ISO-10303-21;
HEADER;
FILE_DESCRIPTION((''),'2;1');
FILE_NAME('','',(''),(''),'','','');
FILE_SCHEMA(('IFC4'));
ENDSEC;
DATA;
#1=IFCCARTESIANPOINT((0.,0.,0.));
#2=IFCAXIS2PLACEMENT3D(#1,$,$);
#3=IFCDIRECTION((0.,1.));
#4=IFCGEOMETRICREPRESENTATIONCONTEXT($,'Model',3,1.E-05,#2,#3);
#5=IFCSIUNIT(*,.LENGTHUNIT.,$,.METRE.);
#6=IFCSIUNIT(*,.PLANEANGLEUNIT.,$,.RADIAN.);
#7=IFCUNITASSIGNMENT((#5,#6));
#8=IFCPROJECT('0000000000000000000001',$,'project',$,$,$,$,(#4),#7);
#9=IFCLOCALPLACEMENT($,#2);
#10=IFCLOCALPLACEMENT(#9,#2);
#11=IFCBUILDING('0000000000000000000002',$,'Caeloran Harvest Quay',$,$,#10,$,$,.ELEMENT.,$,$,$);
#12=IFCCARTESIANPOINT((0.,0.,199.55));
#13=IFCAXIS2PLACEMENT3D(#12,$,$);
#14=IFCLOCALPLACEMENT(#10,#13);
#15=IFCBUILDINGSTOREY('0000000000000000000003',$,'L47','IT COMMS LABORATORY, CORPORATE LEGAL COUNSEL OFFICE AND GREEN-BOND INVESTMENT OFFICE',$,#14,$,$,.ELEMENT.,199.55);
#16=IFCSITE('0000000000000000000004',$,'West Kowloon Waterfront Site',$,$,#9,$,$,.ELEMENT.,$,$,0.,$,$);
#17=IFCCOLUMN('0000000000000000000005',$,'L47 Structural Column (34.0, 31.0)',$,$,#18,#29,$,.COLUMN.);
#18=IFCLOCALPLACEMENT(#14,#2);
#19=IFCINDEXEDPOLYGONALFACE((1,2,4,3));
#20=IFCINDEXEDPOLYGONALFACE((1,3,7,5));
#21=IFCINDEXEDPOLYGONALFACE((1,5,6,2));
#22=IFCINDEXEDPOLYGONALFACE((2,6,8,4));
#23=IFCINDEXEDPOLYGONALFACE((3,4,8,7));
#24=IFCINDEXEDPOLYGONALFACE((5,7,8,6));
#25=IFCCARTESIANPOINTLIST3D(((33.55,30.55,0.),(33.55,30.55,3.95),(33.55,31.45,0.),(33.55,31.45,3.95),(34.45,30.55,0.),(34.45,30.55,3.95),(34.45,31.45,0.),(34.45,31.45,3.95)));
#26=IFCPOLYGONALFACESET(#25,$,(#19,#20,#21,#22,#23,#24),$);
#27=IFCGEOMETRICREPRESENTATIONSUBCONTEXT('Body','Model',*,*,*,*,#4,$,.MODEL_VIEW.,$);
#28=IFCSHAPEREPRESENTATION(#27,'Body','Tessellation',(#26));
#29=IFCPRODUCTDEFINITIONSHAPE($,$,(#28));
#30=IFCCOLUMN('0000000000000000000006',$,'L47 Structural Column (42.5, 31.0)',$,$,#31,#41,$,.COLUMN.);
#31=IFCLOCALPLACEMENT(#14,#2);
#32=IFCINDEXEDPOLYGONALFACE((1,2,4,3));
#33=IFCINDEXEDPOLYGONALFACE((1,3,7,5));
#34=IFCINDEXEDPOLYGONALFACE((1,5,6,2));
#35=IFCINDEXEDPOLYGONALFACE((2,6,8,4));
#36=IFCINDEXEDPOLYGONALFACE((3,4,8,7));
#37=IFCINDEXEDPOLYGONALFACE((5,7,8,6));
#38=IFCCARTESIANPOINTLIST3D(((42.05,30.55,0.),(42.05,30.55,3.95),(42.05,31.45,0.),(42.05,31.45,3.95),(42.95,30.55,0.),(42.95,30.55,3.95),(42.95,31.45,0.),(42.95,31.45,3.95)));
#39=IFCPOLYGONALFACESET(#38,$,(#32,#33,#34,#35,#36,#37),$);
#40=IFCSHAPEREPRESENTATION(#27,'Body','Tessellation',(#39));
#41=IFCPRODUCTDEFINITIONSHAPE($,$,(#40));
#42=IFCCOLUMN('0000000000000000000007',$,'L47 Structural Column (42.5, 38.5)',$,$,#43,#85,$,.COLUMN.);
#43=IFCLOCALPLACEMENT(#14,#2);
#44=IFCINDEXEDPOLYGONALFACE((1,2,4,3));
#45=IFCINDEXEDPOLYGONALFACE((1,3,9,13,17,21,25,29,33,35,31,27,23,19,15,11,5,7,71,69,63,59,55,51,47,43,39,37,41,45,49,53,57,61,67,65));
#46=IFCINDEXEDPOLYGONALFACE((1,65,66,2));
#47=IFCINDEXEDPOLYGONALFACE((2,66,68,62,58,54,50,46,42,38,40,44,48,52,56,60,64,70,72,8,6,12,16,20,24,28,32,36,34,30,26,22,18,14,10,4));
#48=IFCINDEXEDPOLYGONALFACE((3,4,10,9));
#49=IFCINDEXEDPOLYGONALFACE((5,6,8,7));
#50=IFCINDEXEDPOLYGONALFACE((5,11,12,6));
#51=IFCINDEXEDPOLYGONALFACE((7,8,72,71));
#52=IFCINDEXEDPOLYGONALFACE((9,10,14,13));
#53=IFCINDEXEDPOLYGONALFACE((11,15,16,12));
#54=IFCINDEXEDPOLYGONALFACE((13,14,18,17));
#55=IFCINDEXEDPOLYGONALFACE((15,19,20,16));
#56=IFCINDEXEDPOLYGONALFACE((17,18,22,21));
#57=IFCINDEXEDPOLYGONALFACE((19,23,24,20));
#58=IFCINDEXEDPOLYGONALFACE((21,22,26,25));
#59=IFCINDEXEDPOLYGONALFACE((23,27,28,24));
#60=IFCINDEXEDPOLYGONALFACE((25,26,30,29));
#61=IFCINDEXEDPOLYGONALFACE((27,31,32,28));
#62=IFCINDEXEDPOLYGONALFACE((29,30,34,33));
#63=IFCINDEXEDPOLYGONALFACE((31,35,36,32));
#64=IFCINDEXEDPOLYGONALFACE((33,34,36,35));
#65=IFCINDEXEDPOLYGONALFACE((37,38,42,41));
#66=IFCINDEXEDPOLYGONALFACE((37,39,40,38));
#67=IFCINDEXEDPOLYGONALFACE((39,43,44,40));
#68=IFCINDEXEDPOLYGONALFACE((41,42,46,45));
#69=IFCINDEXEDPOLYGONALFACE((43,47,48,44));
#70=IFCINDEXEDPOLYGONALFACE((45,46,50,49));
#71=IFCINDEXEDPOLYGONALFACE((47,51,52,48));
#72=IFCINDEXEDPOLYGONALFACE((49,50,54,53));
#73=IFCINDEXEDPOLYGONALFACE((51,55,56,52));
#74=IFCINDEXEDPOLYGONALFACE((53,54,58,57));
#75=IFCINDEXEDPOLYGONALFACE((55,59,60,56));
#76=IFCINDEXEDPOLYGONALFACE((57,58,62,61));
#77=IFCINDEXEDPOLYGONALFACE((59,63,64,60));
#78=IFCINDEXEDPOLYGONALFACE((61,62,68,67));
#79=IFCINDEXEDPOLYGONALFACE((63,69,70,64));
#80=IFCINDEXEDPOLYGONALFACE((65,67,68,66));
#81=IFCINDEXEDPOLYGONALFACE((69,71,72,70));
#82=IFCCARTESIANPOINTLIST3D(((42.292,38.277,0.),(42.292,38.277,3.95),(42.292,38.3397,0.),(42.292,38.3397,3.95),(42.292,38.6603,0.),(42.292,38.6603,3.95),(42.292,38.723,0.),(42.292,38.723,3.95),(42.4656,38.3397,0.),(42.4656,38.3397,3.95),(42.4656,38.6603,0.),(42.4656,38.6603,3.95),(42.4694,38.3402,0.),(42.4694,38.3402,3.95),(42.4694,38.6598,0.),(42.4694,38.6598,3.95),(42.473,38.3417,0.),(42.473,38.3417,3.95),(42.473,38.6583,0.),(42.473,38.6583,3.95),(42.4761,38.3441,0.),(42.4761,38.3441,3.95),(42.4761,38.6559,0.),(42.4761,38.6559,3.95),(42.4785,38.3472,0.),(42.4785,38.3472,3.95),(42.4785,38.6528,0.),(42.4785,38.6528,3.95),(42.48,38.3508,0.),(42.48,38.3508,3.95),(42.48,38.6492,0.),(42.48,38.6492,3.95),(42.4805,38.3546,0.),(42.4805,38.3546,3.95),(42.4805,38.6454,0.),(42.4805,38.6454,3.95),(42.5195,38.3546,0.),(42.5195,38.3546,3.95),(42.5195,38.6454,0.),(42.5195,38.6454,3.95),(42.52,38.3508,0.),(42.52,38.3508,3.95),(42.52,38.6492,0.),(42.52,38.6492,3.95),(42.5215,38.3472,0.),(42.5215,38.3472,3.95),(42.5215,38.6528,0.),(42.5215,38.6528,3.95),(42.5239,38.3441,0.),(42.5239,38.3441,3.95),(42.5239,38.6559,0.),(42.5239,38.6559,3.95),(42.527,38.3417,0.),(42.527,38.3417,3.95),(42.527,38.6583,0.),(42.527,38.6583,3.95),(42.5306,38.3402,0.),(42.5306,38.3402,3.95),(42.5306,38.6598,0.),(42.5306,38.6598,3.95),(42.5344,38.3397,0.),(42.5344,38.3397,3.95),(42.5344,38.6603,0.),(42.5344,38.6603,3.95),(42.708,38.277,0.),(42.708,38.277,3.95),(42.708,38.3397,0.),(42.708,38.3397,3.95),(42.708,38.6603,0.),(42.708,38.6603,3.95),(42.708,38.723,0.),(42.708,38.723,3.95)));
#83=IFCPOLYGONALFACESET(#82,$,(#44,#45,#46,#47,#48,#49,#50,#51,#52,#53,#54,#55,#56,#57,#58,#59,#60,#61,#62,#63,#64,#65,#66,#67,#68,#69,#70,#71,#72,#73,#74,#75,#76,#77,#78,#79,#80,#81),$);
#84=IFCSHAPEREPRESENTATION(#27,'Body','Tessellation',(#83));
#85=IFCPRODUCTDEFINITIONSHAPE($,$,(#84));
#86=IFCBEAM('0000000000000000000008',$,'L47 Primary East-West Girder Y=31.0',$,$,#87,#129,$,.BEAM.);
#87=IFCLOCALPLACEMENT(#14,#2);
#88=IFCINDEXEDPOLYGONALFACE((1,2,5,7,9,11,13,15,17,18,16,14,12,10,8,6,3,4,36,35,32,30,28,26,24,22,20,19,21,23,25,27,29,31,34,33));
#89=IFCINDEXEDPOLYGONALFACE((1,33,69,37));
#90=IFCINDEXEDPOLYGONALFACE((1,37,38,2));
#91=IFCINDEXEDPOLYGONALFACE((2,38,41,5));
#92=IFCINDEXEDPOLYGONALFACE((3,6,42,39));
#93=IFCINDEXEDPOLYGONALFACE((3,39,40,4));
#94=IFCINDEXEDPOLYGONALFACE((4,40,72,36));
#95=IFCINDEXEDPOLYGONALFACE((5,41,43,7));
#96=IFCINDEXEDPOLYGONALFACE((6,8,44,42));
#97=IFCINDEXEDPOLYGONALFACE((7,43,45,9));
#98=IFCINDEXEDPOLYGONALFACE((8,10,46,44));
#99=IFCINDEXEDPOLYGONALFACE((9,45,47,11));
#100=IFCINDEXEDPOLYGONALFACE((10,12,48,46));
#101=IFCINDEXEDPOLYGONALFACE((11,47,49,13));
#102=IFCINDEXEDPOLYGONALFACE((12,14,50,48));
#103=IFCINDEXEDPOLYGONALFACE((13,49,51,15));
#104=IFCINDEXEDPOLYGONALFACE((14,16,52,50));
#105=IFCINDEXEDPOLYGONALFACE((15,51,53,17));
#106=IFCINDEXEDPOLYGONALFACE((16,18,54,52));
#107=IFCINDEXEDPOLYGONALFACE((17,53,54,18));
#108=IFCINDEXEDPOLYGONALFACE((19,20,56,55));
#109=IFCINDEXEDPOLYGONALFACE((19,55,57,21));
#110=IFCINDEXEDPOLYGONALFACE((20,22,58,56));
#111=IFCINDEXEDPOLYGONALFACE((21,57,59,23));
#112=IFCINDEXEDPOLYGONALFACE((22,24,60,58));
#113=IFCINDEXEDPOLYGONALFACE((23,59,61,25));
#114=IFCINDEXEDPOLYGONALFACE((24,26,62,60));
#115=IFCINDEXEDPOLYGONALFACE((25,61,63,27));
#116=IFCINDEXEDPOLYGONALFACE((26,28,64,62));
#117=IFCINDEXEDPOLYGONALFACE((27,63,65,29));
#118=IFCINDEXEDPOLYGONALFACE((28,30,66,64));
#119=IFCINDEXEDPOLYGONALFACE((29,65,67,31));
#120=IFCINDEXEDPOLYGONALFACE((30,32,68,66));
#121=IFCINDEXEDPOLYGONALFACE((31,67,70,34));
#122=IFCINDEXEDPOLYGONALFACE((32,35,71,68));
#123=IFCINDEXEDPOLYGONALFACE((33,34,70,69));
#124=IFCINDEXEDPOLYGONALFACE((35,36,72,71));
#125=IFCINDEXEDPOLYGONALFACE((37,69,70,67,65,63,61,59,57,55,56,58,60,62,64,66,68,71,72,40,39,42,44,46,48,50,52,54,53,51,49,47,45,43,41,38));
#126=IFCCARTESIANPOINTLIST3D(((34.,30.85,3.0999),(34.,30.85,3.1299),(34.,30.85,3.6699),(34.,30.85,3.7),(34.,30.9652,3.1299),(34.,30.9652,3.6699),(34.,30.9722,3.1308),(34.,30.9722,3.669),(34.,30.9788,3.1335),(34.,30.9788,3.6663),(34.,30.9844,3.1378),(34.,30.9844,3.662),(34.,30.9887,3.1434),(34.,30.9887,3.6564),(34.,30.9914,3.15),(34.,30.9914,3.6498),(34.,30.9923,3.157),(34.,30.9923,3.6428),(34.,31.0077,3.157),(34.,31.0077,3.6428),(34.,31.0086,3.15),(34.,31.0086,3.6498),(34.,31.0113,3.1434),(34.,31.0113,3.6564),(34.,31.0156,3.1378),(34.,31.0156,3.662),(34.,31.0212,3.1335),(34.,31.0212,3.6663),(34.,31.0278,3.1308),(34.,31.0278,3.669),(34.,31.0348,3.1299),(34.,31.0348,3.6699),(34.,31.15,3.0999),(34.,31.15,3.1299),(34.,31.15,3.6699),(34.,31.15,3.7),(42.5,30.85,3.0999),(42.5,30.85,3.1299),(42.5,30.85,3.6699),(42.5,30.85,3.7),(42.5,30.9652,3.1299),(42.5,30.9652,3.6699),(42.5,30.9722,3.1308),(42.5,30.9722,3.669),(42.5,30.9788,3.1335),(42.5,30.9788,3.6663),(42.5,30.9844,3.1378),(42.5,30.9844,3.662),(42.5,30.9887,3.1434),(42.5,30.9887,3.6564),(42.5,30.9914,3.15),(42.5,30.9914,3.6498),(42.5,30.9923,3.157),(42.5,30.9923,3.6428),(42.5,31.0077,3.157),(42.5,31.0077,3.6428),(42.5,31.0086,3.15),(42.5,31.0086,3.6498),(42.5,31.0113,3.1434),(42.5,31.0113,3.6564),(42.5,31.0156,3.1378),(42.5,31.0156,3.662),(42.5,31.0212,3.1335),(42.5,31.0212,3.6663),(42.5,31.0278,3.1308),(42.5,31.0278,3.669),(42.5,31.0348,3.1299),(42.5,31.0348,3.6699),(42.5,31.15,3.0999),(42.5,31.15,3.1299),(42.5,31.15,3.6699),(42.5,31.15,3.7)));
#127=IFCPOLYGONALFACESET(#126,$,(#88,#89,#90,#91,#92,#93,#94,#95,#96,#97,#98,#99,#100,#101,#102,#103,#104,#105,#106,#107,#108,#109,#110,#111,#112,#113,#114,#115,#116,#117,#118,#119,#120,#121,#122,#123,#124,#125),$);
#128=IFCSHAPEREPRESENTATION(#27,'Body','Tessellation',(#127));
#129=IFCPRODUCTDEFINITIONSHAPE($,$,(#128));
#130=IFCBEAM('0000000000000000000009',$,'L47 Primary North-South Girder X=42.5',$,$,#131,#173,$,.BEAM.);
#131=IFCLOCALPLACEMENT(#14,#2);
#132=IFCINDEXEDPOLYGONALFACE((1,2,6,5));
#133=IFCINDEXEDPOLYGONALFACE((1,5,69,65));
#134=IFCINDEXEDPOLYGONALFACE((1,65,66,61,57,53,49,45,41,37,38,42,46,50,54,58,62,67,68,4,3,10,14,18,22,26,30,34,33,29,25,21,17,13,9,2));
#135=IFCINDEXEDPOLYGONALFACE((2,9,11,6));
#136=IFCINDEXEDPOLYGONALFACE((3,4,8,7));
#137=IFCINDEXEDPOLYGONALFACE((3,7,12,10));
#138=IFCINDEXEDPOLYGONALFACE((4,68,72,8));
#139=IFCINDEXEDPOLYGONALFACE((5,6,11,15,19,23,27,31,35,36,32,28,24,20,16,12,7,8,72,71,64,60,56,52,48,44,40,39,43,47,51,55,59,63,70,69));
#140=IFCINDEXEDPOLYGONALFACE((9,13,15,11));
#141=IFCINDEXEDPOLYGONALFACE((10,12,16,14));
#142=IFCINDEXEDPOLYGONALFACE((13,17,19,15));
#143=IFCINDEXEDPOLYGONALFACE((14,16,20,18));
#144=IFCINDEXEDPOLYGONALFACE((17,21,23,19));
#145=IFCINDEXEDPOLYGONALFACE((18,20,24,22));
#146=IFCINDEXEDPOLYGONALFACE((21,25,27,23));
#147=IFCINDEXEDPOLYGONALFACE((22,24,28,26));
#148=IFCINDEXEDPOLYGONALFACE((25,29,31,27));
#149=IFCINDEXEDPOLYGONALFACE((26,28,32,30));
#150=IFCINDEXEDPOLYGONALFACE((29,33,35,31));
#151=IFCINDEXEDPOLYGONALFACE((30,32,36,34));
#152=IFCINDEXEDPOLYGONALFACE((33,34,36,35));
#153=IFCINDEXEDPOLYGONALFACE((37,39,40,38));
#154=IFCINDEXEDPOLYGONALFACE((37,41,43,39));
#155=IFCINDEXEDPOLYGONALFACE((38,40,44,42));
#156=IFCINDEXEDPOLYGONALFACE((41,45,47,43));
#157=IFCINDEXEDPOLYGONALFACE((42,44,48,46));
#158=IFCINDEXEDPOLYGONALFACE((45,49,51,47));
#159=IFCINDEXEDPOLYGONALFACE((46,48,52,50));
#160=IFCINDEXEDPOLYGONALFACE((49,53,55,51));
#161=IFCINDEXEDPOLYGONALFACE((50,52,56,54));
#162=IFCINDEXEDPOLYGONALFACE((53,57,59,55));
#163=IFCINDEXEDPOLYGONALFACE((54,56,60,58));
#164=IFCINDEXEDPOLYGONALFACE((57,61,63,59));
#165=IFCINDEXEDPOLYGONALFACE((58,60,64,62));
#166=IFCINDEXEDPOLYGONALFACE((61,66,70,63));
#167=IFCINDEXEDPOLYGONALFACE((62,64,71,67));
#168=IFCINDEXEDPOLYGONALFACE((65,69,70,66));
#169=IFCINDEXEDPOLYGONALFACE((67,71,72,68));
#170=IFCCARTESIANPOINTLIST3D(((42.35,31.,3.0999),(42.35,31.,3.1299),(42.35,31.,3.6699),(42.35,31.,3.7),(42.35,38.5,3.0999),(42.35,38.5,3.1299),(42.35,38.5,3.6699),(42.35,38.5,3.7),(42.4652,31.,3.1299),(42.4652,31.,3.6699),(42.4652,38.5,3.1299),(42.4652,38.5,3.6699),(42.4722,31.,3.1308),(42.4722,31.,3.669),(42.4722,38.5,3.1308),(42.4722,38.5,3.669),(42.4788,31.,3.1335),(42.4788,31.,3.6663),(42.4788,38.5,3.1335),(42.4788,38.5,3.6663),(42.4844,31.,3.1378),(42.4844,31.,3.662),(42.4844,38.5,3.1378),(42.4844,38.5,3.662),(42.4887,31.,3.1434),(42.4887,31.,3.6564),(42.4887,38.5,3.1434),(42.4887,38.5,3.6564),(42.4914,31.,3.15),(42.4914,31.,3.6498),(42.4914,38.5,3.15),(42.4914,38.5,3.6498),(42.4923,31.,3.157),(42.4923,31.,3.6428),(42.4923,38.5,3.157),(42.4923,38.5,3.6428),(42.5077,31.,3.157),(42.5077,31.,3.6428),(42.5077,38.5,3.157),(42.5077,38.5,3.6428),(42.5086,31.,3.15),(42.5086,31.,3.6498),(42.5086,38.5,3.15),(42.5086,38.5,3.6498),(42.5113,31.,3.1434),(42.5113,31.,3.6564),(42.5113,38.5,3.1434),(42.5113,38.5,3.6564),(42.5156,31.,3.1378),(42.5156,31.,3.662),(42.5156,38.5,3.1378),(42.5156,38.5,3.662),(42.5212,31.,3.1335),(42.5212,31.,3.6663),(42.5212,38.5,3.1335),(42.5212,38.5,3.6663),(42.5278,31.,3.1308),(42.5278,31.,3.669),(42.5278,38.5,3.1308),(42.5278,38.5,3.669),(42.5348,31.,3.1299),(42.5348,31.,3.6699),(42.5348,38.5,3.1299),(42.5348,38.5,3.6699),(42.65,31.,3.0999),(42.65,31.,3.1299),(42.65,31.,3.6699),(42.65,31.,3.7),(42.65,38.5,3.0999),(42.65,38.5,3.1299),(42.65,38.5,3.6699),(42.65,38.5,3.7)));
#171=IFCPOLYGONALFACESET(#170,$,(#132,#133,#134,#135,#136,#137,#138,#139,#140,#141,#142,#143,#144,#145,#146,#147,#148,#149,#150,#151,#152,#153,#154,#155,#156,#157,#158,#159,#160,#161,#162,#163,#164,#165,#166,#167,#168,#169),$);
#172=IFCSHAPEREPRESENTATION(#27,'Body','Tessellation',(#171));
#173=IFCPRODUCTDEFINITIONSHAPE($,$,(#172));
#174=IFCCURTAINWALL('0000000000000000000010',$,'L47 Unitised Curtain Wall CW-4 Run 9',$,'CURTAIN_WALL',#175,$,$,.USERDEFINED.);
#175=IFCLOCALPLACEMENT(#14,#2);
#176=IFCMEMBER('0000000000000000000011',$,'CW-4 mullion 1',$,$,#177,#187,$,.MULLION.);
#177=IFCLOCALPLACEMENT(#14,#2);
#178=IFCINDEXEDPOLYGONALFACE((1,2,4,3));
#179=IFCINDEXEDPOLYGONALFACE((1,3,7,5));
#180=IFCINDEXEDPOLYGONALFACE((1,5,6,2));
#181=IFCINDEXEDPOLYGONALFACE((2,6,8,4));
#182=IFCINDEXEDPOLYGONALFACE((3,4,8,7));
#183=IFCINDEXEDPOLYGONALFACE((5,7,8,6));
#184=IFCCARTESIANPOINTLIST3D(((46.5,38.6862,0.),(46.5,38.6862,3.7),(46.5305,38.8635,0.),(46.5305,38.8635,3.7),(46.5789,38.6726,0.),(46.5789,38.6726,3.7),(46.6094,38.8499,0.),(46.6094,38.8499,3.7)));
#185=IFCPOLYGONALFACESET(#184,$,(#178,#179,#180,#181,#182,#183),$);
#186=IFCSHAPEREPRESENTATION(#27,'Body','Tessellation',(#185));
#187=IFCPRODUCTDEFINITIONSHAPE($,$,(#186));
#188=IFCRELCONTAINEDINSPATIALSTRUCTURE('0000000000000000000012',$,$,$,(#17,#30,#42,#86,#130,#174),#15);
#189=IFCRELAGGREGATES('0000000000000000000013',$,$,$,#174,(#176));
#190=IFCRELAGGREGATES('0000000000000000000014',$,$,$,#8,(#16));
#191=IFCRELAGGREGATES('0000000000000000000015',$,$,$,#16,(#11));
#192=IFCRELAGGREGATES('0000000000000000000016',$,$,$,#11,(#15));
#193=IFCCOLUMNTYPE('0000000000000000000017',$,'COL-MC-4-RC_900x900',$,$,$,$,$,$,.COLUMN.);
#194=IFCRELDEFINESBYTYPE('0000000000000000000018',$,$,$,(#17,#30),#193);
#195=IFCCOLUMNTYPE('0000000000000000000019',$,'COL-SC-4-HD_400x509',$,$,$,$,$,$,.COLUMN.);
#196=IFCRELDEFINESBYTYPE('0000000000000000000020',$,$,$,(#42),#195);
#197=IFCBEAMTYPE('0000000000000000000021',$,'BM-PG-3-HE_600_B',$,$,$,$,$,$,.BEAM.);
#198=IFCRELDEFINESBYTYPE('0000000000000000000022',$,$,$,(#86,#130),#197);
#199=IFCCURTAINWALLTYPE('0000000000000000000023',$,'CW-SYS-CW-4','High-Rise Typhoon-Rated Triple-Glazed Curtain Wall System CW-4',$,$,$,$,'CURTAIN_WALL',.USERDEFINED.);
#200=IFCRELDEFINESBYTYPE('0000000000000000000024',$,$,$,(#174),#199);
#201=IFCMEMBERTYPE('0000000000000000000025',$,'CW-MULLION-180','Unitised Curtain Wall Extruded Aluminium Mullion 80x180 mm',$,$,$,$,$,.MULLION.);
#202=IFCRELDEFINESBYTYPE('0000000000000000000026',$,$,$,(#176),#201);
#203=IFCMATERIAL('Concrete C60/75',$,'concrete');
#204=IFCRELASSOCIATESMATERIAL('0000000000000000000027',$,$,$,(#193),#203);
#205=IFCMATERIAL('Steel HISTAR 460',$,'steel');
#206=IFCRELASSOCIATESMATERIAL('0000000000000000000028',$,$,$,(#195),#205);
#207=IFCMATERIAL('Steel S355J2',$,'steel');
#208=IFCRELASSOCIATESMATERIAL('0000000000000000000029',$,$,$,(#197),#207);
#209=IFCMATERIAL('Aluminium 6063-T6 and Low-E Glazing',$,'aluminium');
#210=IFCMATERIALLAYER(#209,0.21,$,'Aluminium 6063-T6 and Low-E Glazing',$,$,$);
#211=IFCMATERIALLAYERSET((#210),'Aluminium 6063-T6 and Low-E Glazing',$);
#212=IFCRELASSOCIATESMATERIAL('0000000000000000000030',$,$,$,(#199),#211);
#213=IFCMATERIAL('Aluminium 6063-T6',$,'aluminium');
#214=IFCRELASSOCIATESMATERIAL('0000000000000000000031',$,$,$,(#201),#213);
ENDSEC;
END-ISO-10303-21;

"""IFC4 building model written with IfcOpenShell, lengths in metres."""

from ifc_helpers import new_model, si_unit, direction, frame, origin, origin_2d, place, context, subcontext, project, spatial, rectangle, i_section, extrude, material, layer, layer_set, material_profile, profile_set, type_object, element, aggregate, save


model = new_model("IFC4")

# Units and contexts
model_context = context("Model", 3, precision=1e-05, world=origin(), true_north=direction((0.0, 1.0)))
body_context = subcontext(model_context, "Body", "Model", "MODEL_VIEW")
ifc_project = project(units=[si_unit("LENGTHUNIT", "METRE"), si_unit("PLANEANGLEUNIT", "RADIAN")], contexts=[model_context])

# Site, building, storey
site_placement = place(None, origin())
site = spatial("IfcSite", under=ifc_project, at=site_placement, Name="West Kowloon Waterfront Site", CompositionType="ELEMENT", RefElevation=0.0)
building_placement = place(site_placement, origin())
building = spatial("IfcBuilding", under=site, at=building_placement, Name="Caeloran Harvest Quay", CompositionType="ELEMENT")
storey_placement = place(building_placement, frame((0.0, 0.0, 199.55)))
storey = spatial("IfcBuildingStorey", under=building, at=storey_placement, Name="L47", Description="IT COMMS LABORATORY, CORPORATE LEGAL COUNSEL OFFICE AND GREEN-BOND INVESTMENT OFFICE", CompositionType="ELEMENT", Elevation=199.55)

# Columns
ifc_material_1 = material(Name="Concrete C60/75", Category="concrete")
ifc_material_profile_1 = material_profile(ifc_material_1, rectangle(XDim=0.8999, YDim=0.8999, at=origin_2d()), Name="RC 900x900")
ifc_profile_set_1 = profile_set([ifc_material_profile_1], Name="Concrete C60/75")
column_type_1 = type_object("IfcColumnType", Name="COL-MC-4-RC_900x900", PredefinedType="COLUMN", material=ifc_profile_set_1)
for number, where, z_axis, x_axis, name in (
    (1, (34.0, 31.0, 0.0), (0.0, 0.0, 1.0), (1.0, 0.0, 0.0), "L47 Structural Column (34.0, 31.0)"),
    (2, (42.5, 31.0, 0.0), (0.0, 0.0, 1.0), (1.0, 0.0, 0.0), "L47 Structural Column (42.5, 31.0)"),
):
    element("IfcColumn", number, at=place(storey_placement, frame(where, z_axis=z_axis, x_axis=x_axis)), inside=storey, type_object=column_type_1, Name=name, PredefinedType="COLUMN", context=body_context, shape_type="SweptSolid", body=[
        extrude(rectangle(XDim=0.8999, YDim=0.8999, at=origin_2d()), origin(), (0.0, 0.0, 1.0), 3.95),
    ])
ifc_material_2 = material(Name="Steel HISTAR 460", Category="steel")
ifc_material_profile_2 = material_profile(ifc_material_2, i_section(OverallWidth=0.416, OverallDepth=0.446, WebThickness=0.0391, FlangeThickness=0.0627, FilletRadius=0.0149, at=origin_2d()), Name="HD 400x509")
ifc_profile_set_2 = profile_set([ifc_material_profile_2], Name="Steel HISTAR 460")
column_type_2 = type_object("IfcColumnType", Name="COL-SC-4-HD_400x509", PredefinedType="COLUMN", material=ifc_profile_set_2)
column_placement = place(storey_placement, frame((42.5, 38.5, 0.0), z_axis=(0.0, 0.0, 1.0), x_axis=(1.0, 0.0, 0.0)))
element("IfcColumn", 3, at=column_placement, inside=storey, type_object=column_type_2, Name="L47 Structural Column (42.5, 38.5)", PredefinedType="COLUMN", context=body_context, shape_type="SweptSolid", body=[
    extrude(i_section(OverallWidth=0.416, OverallDepth=0.446, WebThickness=0.0391, FlangeThickness=0.0627, FilletRadius=0.0149, at=origin_2d()), origin(), (0.0, 0.0, 1.0), 3.95),
])

# Beams
ifc_material_3 = material(Name="Steel S355J2", Category="steel")
ifc_material_profile_3 = material_profile(ifc_material_3, i_section(OverallWidth=0.3, OverallDepth=0.6001, WebThickness=0.0154, FlangeThickness=0.03, FilletRadius=0.0271, at=origin_2d()), Name="HE 600 B")
ifc_profile_set_3 = profile_set([ifc_material_profile_3], Name="Steel S355J2")
beam_type = type_object("IfcBeamType", Name="BM-PG-3-HE_600_B", PredefinedType="BEAM", material=ifc_profile_set_3)
beam_1_placement = place(storey_placement, frame((34.0, 31.0, 3.3999), z_axis=(1.0, 0.0, 0.0), x_axis=(0.0, 1.0, 0.0)))
element("IfcBeam", 4, at=beam_1_placement, inside=storey, type_object=beam_type, Name="L47 Primary East-West Girder Y=31.0", PredefinedType="BEAM", context=body_context, shape_type="SweptSolid", body=[
    extrude(i_section(OverallWidth=0.3, OverallDepth=0.6001, WebThickness=0.0154, FlangeThickness=0.03, FilletRadius=0.0271, at=origin_2d()), origin(), (0.0, 0.0, 1.0), 8.5),
])
beam_2_placement = place(storey_placement, frame((42.5, 31.0, 3.3999), z_axis=(0.0, 1.0, 0.0), x_axis=(-1.0, 0.0, 0.0)))
element("IfcBeam", 5, at=beam_2_placement, inside=storey, type_object=beam_type, Name="L47 Primary North-South Girder X=42.5", PredefinedType="BEAM", context=body_context, shape_type="SweptSolid", body=[
    extrude(i_section(OverallWidth=0.3, OverallDepth=0.6001, WebThickness=0.0154, FlangeThickness=0.03, FilletRadius=0.0271, at=origin_2d()), origin(), (0.0, 0.0, 1.0), 7.5),
])

# Curtain wall, member
ifc_material_4 = material(Name="Aluminium 6063-T6 and Low-E Glazing", Category="aluminium")
ifc_layer_1 = layer(ifc_material_4, 0.21, Name="Aluminium 6063-T6 and Low-E Glazing")
ifc_layer_set_1 = layer_set([ifc_layer_1], Name="Aluminium 6063-T6 and Low-E Glazing")
curtain_wall_type = type_object("IfcCurtainWallType", Name="CW-SYS-CW-4", Description="High-Rise Typhoon-Rated Triple-Glazed Curtain Wall System CW-4", ElementType="CURTAIN_WALL", PredefinedType="USERDEFINED", material=ifc_layer_set_1)
curtain_wall_placement = place(storey_placement, origin())
curtain_wall = element("IfcCurtainWall", 6, at=curtain_wall_placement, inside=storey, type_object=curtain_wall_type, Name="L47 Unitised Curtain Wall CW-4 Run 9", ObjectType="CURTAIN_WALL", PredefinedType="USERDEFINED")
ifc_material_5 = material(Name="Aluminium 6063-T6", Category="aluminium")
ifc_material_profile_4 = material_profile(ifc_material_5, rectangle(XDim=0.0801, YDim=0.1799, at=origin_2d()), Name="CW-MULLION-180")
ifc_profile_set_4 = profile_set([ifc_material_profile_4], Name="Aluminium 6063-T6")
member_type_1 = type_object("IfcMemberType", Name="CW-MULLION-180", Description="Unitised Curtain Wall Extruded Aluminium Mullion 80x180 mm", PredefinedType="MULLION", material=ifc_profile_set_4)
member_1_placement = place(storey_placement, frame((46.5547, 38.7681, 0.0), z_axis=(0.0, 0.0, 1.0), x_axis=(0.985549, -0.169392, 0.0)))
member_1 = element("IfcMember", 7, at=member_1_placement, type_object=member_type_1, Name="CW-4 mullion 1", PredefinedType="MULLION", context=body_context, shape_type="SweptSolid", body=[
    extrude(rectangle(XDim=0.0801, YDim=0.1799, at=origin_2d()), origin(), (0.0, 0.0, 1.0), 3.7),
])
aggregate(curtain_wall, [member_1])

save(model, "model.ifc")
